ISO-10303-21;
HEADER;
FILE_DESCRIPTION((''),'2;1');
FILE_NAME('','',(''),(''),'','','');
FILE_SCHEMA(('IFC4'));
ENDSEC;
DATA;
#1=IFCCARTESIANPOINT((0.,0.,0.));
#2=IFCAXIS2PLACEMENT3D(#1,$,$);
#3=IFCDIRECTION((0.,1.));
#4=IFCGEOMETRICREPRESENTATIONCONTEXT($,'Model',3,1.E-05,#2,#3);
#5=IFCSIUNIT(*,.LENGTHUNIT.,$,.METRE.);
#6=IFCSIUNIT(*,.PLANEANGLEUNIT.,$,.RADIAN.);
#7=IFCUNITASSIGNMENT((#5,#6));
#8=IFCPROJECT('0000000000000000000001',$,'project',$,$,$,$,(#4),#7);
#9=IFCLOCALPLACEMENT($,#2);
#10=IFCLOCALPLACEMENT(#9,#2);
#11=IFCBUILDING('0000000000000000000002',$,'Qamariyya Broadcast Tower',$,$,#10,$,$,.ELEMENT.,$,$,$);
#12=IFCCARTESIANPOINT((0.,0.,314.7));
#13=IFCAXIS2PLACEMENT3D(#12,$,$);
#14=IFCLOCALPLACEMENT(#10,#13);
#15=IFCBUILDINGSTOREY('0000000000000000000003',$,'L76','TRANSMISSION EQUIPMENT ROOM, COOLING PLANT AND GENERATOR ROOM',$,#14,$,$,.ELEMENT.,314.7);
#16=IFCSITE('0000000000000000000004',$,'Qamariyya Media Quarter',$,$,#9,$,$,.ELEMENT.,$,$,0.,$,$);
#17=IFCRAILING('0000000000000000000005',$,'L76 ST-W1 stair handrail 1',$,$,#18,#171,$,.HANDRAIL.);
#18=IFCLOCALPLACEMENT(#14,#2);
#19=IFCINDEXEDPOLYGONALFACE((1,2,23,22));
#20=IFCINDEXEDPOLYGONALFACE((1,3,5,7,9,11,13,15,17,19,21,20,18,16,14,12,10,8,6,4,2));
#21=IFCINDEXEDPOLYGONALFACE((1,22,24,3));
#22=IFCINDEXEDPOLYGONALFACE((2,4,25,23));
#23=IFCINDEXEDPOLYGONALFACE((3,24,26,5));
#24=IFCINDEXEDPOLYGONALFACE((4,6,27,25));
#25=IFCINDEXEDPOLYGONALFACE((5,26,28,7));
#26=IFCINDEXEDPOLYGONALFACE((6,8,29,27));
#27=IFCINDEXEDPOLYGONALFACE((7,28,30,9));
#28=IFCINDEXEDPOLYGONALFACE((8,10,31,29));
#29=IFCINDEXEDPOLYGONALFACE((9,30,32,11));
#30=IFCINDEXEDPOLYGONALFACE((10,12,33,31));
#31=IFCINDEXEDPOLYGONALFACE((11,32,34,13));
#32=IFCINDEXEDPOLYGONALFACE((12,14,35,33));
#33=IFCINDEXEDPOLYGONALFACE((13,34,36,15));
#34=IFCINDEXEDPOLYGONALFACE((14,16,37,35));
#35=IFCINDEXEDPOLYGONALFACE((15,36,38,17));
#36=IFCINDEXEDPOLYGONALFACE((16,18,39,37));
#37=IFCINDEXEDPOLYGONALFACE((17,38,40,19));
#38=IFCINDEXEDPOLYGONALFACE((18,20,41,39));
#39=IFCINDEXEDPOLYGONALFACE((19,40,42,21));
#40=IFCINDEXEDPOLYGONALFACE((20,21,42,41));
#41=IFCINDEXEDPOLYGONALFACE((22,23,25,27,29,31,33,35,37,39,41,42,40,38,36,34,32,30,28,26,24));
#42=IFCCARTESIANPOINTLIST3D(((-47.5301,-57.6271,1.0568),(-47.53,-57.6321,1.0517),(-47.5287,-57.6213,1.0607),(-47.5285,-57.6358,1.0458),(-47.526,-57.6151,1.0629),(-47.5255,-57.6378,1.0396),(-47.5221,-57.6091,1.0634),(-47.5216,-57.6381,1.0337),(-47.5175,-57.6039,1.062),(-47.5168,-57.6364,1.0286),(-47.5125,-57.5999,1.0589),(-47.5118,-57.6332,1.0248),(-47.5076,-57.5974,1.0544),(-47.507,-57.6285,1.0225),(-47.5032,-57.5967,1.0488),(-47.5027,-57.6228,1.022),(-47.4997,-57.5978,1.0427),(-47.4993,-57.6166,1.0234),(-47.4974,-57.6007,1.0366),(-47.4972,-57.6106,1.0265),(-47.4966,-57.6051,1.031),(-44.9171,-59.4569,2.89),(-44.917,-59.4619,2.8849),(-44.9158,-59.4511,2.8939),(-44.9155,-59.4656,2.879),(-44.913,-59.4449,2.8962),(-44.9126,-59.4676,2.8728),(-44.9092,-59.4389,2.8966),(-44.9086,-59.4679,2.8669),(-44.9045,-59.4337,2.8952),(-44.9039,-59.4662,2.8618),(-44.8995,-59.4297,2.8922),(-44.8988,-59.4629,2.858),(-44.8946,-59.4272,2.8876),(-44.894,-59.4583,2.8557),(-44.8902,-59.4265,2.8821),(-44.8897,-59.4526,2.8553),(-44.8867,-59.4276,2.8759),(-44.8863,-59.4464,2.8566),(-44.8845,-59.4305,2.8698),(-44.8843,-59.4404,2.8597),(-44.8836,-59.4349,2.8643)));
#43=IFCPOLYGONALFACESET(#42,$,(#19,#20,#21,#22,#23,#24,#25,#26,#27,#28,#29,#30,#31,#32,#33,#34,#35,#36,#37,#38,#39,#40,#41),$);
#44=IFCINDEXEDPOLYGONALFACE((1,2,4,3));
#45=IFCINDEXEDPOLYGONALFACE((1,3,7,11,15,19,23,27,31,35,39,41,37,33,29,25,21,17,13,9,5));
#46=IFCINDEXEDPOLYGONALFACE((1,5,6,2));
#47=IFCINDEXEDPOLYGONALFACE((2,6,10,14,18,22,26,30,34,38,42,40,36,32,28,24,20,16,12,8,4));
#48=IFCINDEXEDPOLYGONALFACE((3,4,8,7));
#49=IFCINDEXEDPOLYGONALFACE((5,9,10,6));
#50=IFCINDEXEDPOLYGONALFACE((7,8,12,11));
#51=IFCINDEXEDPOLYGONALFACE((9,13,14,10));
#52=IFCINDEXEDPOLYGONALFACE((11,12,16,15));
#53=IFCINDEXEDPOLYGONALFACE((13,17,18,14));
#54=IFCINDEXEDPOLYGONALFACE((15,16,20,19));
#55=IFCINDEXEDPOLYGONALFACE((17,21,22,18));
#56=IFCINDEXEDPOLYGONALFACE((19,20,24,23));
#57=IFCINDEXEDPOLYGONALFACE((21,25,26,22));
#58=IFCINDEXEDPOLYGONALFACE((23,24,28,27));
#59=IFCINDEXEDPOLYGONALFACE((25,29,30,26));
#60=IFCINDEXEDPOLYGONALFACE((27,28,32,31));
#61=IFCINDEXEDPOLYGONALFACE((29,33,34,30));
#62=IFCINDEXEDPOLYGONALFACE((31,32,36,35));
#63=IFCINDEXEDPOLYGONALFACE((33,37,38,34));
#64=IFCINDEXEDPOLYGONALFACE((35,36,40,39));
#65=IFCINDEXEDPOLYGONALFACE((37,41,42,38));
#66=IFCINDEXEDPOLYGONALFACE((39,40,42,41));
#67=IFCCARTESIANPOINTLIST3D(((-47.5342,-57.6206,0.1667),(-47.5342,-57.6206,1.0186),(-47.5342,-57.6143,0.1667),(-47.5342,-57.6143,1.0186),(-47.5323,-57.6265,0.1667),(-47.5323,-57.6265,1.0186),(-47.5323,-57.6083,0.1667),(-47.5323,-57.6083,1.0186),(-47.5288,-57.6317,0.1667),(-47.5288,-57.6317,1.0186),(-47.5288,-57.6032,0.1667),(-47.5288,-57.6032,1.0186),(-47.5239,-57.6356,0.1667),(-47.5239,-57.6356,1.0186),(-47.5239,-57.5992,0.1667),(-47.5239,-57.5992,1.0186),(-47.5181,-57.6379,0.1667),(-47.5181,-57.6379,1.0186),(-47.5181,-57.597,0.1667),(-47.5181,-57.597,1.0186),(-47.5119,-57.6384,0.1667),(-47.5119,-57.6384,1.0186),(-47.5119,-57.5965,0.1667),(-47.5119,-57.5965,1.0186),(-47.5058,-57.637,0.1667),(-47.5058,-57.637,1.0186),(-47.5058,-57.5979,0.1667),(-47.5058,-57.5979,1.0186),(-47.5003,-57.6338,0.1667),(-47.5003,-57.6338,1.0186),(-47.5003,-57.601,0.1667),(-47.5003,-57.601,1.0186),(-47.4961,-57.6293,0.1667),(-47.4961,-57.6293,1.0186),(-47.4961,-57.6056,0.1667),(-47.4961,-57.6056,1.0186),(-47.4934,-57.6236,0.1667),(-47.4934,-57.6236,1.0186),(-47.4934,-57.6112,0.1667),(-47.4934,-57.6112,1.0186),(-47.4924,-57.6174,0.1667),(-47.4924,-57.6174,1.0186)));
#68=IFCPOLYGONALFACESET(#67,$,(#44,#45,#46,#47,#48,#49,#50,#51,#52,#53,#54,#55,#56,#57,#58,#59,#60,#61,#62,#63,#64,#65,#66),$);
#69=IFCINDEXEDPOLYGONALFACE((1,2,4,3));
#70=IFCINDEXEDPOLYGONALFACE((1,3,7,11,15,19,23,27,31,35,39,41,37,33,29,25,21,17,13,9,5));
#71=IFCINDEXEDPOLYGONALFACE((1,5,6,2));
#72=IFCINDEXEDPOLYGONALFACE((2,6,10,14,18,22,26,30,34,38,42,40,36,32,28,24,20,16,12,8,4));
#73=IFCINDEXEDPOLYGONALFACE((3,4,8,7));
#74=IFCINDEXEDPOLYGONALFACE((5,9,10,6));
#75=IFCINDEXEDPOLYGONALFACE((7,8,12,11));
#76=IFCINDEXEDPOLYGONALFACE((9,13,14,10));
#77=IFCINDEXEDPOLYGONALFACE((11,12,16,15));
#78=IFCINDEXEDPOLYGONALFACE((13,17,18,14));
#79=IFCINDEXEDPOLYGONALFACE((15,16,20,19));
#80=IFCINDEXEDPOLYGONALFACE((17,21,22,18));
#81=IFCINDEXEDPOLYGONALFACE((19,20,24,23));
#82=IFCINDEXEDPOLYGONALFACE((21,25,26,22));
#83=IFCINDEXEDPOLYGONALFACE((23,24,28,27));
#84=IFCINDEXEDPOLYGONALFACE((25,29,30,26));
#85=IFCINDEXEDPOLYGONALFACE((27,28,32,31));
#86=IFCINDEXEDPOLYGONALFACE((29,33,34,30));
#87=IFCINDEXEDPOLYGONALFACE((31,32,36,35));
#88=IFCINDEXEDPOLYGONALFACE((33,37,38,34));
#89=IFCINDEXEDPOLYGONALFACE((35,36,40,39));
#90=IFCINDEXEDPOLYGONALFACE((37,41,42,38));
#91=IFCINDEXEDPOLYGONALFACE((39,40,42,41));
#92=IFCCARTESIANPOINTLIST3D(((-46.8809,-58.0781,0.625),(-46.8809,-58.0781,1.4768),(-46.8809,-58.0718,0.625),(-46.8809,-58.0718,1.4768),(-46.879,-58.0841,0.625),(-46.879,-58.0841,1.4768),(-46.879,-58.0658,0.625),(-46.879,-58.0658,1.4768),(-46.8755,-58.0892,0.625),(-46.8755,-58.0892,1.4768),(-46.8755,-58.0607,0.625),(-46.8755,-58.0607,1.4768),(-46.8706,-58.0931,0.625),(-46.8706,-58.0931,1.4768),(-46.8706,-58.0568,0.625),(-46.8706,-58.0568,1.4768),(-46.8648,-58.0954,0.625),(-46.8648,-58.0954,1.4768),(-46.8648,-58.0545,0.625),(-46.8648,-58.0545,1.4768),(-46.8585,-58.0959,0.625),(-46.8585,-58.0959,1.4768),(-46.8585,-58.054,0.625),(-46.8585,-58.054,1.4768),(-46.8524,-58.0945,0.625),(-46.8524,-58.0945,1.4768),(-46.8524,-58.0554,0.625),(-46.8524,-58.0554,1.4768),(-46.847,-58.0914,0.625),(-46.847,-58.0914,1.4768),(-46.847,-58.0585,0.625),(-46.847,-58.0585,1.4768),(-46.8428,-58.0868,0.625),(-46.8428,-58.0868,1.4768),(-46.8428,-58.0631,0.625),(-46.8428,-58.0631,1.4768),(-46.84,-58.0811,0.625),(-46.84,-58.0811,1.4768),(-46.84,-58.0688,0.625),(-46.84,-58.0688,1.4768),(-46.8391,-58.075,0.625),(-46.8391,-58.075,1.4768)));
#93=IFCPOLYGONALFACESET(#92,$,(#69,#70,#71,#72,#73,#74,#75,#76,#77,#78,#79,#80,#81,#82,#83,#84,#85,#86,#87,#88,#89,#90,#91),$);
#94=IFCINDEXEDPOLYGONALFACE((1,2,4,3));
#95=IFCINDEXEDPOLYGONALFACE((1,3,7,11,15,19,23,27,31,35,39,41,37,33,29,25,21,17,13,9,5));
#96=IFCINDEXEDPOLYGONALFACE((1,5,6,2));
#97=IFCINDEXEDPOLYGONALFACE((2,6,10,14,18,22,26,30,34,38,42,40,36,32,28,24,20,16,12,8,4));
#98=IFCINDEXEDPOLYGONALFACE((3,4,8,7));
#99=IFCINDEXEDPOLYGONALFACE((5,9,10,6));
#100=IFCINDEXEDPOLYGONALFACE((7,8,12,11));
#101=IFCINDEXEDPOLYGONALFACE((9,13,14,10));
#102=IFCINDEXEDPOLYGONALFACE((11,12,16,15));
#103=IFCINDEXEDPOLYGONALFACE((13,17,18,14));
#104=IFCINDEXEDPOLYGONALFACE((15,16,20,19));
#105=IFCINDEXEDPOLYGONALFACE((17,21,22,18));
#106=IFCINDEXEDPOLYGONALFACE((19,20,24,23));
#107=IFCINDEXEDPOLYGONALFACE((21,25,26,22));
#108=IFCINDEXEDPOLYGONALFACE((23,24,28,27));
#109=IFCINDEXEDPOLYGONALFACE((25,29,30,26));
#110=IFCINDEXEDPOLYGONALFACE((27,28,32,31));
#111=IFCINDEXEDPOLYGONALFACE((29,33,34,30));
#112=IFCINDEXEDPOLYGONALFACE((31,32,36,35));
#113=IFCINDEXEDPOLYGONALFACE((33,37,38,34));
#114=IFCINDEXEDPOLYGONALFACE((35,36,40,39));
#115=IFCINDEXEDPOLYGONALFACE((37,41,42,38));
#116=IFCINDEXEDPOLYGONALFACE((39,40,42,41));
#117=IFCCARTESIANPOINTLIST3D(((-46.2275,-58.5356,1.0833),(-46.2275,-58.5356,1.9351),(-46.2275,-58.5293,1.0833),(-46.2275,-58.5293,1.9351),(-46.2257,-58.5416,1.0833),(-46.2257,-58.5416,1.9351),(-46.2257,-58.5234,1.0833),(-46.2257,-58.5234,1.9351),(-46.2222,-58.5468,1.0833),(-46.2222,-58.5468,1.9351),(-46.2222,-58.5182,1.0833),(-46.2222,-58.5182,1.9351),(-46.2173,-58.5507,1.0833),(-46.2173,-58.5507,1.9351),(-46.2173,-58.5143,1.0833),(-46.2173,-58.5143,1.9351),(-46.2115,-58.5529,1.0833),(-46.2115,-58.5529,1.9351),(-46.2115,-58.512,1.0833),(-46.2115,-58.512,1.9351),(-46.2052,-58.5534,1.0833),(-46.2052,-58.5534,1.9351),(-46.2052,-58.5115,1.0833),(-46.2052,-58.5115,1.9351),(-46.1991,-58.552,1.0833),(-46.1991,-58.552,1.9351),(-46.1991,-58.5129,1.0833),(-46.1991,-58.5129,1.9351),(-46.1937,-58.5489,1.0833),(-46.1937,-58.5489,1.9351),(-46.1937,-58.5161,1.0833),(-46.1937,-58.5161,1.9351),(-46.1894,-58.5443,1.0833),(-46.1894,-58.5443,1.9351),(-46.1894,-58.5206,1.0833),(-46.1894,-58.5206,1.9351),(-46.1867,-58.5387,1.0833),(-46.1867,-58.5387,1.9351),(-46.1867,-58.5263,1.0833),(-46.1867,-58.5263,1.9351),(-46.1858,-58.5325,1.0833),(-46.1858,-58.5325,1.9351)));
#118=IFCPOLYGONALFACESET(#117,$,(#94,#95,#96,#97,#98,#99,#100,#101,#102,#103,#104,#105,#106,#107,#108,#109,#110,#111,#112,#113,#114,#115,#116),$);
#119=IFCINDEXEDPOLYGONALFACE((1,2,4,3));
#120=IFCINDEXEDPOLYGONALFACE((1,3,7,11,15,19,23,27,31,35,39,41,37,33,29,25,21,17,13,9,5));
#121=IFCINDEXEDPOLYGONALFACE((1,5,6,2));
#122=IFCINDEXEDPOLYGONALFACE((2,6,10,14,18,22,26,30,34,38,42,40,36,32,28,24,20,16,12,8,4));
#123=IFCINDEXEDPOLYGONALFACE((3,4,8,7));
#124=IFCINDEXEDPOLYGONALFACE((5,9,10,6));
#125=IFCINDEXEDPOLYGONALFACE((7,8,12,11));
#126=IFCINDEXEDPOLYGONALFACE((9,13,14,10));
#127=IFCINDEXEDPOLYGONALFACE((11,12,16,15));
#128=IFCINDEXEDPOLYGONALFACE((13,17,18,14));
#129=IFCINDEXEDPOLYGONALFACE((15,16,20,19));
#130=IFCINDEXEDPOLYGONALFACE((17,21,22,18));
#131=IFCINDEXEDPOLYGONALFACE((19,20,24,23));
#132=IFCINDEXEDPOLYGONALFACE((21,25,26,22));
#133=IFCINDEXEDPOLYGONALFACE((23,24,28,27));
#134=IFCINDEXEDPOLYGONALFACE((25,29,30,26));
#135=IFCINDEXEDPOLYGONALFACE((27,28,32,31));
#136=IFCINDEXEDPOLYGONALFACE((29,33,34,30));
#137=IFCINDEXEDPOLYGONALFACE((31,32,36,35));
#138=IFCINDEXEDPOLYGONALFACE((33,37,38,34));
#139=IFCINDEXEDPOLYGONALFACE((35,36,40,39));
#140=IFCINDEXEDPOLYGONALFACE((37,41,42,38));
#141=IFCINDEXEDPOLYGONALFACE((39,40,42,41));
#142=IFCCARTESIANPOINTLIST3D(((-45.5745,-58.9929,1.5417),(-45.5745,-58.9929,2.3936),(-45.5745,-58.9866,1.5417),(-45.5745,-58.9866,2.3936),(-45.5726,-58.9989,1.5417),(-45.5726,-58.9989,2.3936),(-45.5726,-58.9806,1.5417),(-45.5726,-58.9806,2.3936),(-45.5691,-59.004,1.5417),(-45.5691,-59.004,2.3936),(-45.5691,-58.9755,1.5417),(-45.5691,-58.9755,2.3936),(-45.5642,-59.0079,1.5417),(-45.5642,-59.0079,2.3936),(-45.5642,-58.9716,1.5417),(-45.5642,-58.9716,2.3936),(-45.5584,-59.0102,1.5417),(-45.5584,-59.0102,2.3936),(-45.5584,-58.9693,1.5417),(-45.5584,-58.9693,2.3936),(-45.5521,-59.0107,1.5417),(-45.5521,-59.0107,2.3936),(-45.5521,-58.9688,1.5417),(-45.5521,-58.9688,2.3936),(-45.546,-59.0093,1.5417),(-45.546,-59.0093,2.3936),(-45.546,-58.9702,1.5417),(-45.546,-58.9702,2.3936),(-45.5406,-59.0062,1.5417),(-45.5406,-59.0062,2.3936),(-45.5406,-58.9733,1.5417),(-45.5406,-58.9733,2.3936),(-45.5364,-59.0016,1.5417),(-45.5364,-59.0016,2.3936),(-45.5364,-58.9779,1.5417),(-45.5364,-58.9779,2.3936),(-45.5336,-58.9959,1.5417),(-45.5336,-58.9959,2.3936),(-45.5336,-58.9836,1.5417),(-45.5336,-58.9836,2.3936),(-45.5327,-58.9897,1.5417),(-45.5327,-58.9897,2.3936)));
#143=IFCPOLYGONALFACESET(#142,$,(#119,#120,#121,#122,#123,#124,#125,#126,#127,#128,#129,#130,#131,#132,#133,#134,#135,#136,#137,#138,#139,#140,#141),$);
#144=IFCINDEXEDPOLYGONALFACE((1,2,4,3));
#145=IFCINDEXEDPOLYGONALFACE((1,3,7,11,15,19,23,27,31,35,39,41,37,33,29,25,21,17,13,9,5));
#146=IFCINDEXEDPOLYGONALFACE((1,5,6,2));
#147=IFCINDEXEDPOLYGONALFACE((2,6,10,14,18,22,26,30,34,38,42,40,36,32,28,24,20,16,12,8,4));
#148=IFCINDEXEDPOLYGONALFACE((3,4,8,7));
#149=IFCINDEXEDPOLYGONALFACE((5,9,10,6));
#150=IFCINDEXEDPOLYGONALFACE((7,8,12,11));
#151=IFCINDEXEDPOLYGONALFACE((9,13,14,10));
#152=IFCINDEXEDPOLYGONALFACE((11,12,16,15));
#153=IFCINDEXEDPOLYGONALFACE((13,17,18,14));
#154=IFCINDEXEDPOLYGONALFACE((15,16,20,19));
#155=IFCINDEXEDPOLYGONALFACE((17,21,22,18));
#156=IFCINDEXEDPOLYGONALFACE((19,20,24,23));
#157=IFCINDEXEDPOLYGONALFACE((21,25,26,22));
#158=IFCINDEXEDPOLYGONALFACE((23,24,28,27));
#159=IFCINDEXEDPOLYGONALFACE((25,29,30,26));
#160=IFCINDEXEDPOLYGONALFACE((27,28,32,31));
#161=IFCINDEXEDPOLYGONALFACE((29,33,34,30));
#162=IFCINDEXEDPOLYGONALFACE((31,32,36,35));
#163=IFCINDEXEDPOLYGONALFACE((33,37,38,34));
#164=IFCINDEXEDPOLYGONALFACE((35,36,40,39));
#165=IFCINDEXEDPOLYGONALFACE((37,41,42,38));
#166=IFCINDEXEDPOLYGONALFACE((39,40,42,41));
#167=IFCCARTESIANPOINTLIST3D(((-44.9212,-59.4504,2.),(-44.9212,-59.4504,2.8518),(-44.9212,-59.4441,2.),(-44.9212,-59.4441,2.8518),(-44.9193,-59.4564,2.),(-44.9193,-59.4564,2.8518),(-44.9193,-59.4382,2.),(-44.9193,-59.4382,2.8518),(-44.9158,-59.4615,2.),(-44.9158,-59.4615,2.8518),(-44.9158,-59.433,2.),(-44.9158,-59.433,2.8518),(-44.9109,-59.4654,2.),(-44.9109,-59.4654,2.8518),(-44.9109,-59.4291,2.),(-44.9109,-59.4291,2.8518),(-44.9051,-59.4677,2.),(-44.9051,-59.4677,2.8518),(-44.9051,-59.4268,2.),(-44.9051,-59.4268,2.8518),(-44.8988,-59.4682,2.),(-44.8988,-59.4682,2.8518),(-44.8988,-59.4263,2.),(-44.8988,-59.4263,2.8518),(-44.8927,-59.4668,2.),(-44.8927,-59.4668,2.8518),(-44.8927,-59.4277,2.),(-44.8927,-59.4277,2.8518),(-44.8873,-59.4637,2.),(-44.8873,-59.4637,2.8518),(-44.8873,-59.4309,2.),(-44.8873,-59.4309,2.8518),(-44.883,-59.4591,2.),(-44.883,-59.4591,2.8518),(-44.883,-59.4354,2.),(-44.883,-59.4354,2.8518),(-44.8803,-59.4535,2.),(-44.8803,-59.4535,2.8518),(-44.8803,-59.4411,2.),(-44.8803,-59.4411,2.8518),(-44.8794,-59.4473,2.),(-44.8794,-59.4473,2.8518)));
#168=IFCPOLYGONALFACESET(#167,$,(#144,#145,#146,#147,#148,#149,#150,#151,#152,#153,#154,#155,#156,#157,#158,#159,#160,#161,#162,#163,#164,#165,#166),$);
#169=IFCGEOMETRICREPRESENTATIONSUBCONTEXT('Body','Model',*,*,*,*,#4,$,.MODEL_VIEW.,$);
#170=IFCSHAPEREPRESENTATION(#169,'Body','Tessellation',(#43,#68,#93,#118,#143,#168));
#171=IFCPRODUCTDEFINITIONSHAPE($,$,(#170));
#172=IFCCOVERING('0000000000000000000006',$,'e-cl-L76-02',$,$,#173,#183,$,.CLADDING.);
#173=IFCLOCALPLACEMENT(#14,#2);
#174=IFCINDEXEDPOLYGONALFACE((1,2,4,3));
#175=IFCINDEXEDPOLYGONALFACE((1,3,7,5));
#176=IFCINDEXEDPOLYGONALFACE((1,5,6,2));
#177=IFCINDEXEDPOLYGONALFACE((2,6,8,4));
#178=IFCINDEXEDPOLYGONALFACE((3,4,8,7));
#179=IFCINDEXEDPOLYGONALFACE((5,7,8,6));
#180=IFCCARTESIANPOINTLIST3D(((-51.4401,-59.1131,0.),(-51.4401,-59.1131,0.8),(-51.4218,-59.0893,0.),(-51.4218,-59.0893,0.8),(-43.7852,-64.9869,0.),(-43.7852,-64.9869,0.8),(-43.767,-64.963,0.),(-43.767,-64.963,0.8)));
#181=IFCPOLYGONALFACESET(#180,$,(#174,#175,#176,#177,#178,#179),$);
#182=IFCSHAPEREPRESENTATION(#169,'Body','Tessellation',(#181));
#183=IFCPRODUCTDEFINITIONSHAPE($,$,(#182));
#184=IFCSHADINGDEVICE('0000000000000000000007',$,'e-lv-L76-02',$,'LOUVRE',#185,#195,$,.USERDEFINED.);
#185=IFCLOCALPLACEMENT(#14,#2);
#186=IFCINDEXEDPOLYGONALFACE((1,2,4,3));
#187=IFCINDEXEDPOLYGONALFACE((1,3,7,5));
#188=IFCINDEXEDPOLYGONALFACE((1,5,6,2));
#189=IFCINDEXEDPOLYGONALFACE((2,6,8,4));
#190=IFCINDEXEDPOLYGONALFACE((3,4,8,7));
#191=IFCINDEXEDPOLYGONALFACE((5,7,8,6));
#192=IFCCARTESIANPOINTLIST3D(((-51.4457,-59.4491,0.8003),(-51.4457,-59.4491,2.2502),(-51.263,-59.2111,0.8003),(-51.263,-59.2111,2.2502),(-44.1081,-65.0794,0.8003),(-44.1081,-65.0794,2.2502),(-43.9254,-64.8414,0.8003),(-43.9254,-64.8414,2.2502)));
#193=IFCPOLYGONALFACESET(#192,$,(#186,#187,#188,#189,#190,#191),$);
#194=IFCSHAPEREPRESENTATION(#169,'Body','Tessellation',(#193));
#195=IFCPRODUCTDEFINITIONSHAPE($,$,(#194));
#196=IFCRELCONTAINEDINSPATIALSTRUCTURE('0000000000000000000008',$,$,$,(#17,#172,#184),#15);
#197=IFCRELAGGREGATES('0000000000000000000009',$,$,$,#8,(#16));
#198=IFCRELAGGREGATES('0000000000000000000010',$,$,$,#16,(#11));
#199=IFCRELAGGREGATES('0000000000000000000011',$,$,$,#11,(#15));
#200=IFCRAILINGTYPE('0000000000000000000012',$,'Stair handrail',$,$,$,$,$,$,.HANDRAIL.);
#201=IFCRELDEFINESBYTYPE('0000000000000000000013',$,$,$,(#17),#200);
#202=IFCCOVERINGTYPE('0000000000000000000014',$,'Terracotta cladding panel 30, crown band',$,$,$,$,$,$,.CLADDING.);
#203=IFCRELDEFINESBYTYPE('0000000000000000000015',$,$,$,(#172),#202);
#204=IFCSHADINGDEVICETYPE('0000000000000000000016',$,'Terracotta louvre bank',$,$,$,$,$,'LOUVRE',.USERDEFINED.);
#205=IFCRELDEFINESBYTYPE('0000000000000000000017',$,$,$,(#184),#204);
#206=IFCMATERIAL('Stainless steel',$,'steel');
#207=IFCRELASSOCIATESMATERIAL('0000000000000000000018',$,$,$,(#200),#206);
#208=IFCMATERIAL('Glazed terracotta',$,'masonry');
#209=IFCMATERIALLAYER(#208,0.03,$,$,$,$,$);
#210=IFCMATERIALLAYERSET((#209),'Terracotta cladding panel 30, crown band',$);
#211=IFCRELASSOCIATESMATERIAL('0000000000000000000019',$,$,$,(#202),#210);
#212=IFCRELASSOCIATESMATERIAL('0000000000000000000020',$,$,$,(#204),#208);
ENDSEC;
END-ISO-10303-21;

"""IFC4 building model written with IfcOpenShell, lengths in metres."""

from ifc_helpers import new_model, si_unit, direction, frame, origin, origin_2d, place, context, subcontext, project, spatial, rectangle, circle, extrude, material, layer, layer_set, type_object, element, save


model = new_model("IFC4")

# Units and contexts
model_context = context("Model", 3, precision=1e-05, world=origin(), true_north=direction((0.0, 1.0)))
body_context = subcontext(model_context, "Body", "Model", "MODEL_VIEW")
ifc_project = project(units=[si_unit("LENGTHUNIT", "METRE"), si_unit("PLANEANGLEUNIT", "RADIAN")], contexts=[model_context])

# Site, building, storey
site_placement = place(None, origin())
site = spatial("IfcSite", under=ifc_project, at=site_placement, Name="Qamariyya Media Quarter", CompositionType="ELEMENT", RefElevation=0.0)
building_placement = place(site_placement, origin())
building = spatial("IfcBuilding", under=site, at=building_placement, Name="Qamariyya Broadcast Tower", CompositionType="ELEMENT")
storey_placement = place(building_placement, frame((0.0, 0.0, 314.7)))
storey = spatial("IfcBuildingStorey", under=building, at=storey_placement, Name="L76", Description="TRANSMISSION EQUIPMENT ROOM, COOLING PLANT AND GENERATOR ROOM", CompositionType="ELEMENT", Elevation=314.7)

# Railing
ifc_material_1 = material(Name="Stainless steel", Category="steel")
railing_type_1 = type_object("IfcRailingType", Name="Stair handrail", PredefinedType="HANDRAIL", material=ifc_material_1)
railing_1_placement = place(storey_placement, frame((-47.5134, -57.6174, 0.1667)))
element("IfcRailing", 1, at=railing_1_placement, inside=storey, type_object=railing_type_1, Name="L76 ST-W1 stair handrail 1", PredefinedType="HANDRAIL", context=body_context, shape_type="SweptSolid", body=[
    extrude(circle(Radius=0.0239, at=origin_2d()), frame((0.0, 0.0, 0.876), z_axis=(0.710204, -0.497335, 0.498264), x_axis=(0.573611, 0.819128, 0.0)), (0.0, 0.0, 1.0), 3.6792),
    extrude(circle(Radius=0.021, at=origin_2d()), origin(), (0.0, 0.0, 1.0), 0.8518),
    extrude(circle(Radius=0.021, at=origin_2d()), frame((0.6533, -0.4575, 0.4583)), (0.0, 0.0, 1.0), 0.8518),
    extrude(circle(Radius=0.021, at=origin_2d()), frame((1.3066, -0.915, 0.9165)), (0.0, 0.0, 1.0), 0.8518),
    extrude(circle(Radius=0.021, at=origin_2d()), frame((1.9597, -1.3723, 1.375)), (0.0, 0.0, 1.0), 0.8518),
    extrude(circle(Radius=0.021, at=origin_2d()), frame((2.613, -1.8298, 1.8333)), (0.0, 0.0, 1.0), 0.8518),
])

# Covering
ifc_material_2 = material(Name="Glazed terracotta", Category="masonry")
ifc_layer_1 = layer(ifc_material_2, 0.03)
ifc_layer_set_1 = layer_set([ifc_layer_1], Name="Terracotta cladding panel 30, crown band")
covering_type = type_object("IfcCoveringType", Name="Terracotta cladding panel 30, crown band", PredefinedType="CLADDING", material=ifc_layer_set_1)
covering_placement = place(storey_placement, frame((-47.6035, -62.0381, 0.0), z_axis=(0.0, 0.0, 1.0), x_axis=(0.793353, -0.608761, 0.0)))
element("IfcCovering", 2, at=covering_placement, inside=storey, type_object=covering_type, Name="e-cl-L76-02", PredefinedType="CLADDING", context=body_context, shape_type="SweptSolid", body=[
    extrude(rectangle(XDim=9.6487, YDim=0.03, at=origin_2d()), origin(), (0.0, 0.0, 1.0), 0.8),
])

# Shading device
shading_device_type = type_object("IfcShadingDeviceType", Name="Terracotta louvre bank", ElementType="LOUVRE", PredefinedType="USERDEFINED", material=ifc_material_2)
shading_device_placement = place(storey_placement, frame((-47.6855, -62.1453, 0.8003), z_axis=(0.0, 0.0, 1.0), x_axis=(0.793353, -0.608761, 0.0)))
element("IfcShadingDevice", 3, at=shading_device_placement, inside=storey, type_object=shading_device_type, Name="e-lv-L76-02", ObjectType="LOUVRE", PredefinedType="USERDEFINED", context=body_context, shape_type="SweptSolid", body=[
    extrude(rectangle(XDim=9.2488, YDim=0.3, at=origin_2d()), origin(), (0.0, 0.0, 1.0), 1.45),
])

save(model, "model.ifc")
